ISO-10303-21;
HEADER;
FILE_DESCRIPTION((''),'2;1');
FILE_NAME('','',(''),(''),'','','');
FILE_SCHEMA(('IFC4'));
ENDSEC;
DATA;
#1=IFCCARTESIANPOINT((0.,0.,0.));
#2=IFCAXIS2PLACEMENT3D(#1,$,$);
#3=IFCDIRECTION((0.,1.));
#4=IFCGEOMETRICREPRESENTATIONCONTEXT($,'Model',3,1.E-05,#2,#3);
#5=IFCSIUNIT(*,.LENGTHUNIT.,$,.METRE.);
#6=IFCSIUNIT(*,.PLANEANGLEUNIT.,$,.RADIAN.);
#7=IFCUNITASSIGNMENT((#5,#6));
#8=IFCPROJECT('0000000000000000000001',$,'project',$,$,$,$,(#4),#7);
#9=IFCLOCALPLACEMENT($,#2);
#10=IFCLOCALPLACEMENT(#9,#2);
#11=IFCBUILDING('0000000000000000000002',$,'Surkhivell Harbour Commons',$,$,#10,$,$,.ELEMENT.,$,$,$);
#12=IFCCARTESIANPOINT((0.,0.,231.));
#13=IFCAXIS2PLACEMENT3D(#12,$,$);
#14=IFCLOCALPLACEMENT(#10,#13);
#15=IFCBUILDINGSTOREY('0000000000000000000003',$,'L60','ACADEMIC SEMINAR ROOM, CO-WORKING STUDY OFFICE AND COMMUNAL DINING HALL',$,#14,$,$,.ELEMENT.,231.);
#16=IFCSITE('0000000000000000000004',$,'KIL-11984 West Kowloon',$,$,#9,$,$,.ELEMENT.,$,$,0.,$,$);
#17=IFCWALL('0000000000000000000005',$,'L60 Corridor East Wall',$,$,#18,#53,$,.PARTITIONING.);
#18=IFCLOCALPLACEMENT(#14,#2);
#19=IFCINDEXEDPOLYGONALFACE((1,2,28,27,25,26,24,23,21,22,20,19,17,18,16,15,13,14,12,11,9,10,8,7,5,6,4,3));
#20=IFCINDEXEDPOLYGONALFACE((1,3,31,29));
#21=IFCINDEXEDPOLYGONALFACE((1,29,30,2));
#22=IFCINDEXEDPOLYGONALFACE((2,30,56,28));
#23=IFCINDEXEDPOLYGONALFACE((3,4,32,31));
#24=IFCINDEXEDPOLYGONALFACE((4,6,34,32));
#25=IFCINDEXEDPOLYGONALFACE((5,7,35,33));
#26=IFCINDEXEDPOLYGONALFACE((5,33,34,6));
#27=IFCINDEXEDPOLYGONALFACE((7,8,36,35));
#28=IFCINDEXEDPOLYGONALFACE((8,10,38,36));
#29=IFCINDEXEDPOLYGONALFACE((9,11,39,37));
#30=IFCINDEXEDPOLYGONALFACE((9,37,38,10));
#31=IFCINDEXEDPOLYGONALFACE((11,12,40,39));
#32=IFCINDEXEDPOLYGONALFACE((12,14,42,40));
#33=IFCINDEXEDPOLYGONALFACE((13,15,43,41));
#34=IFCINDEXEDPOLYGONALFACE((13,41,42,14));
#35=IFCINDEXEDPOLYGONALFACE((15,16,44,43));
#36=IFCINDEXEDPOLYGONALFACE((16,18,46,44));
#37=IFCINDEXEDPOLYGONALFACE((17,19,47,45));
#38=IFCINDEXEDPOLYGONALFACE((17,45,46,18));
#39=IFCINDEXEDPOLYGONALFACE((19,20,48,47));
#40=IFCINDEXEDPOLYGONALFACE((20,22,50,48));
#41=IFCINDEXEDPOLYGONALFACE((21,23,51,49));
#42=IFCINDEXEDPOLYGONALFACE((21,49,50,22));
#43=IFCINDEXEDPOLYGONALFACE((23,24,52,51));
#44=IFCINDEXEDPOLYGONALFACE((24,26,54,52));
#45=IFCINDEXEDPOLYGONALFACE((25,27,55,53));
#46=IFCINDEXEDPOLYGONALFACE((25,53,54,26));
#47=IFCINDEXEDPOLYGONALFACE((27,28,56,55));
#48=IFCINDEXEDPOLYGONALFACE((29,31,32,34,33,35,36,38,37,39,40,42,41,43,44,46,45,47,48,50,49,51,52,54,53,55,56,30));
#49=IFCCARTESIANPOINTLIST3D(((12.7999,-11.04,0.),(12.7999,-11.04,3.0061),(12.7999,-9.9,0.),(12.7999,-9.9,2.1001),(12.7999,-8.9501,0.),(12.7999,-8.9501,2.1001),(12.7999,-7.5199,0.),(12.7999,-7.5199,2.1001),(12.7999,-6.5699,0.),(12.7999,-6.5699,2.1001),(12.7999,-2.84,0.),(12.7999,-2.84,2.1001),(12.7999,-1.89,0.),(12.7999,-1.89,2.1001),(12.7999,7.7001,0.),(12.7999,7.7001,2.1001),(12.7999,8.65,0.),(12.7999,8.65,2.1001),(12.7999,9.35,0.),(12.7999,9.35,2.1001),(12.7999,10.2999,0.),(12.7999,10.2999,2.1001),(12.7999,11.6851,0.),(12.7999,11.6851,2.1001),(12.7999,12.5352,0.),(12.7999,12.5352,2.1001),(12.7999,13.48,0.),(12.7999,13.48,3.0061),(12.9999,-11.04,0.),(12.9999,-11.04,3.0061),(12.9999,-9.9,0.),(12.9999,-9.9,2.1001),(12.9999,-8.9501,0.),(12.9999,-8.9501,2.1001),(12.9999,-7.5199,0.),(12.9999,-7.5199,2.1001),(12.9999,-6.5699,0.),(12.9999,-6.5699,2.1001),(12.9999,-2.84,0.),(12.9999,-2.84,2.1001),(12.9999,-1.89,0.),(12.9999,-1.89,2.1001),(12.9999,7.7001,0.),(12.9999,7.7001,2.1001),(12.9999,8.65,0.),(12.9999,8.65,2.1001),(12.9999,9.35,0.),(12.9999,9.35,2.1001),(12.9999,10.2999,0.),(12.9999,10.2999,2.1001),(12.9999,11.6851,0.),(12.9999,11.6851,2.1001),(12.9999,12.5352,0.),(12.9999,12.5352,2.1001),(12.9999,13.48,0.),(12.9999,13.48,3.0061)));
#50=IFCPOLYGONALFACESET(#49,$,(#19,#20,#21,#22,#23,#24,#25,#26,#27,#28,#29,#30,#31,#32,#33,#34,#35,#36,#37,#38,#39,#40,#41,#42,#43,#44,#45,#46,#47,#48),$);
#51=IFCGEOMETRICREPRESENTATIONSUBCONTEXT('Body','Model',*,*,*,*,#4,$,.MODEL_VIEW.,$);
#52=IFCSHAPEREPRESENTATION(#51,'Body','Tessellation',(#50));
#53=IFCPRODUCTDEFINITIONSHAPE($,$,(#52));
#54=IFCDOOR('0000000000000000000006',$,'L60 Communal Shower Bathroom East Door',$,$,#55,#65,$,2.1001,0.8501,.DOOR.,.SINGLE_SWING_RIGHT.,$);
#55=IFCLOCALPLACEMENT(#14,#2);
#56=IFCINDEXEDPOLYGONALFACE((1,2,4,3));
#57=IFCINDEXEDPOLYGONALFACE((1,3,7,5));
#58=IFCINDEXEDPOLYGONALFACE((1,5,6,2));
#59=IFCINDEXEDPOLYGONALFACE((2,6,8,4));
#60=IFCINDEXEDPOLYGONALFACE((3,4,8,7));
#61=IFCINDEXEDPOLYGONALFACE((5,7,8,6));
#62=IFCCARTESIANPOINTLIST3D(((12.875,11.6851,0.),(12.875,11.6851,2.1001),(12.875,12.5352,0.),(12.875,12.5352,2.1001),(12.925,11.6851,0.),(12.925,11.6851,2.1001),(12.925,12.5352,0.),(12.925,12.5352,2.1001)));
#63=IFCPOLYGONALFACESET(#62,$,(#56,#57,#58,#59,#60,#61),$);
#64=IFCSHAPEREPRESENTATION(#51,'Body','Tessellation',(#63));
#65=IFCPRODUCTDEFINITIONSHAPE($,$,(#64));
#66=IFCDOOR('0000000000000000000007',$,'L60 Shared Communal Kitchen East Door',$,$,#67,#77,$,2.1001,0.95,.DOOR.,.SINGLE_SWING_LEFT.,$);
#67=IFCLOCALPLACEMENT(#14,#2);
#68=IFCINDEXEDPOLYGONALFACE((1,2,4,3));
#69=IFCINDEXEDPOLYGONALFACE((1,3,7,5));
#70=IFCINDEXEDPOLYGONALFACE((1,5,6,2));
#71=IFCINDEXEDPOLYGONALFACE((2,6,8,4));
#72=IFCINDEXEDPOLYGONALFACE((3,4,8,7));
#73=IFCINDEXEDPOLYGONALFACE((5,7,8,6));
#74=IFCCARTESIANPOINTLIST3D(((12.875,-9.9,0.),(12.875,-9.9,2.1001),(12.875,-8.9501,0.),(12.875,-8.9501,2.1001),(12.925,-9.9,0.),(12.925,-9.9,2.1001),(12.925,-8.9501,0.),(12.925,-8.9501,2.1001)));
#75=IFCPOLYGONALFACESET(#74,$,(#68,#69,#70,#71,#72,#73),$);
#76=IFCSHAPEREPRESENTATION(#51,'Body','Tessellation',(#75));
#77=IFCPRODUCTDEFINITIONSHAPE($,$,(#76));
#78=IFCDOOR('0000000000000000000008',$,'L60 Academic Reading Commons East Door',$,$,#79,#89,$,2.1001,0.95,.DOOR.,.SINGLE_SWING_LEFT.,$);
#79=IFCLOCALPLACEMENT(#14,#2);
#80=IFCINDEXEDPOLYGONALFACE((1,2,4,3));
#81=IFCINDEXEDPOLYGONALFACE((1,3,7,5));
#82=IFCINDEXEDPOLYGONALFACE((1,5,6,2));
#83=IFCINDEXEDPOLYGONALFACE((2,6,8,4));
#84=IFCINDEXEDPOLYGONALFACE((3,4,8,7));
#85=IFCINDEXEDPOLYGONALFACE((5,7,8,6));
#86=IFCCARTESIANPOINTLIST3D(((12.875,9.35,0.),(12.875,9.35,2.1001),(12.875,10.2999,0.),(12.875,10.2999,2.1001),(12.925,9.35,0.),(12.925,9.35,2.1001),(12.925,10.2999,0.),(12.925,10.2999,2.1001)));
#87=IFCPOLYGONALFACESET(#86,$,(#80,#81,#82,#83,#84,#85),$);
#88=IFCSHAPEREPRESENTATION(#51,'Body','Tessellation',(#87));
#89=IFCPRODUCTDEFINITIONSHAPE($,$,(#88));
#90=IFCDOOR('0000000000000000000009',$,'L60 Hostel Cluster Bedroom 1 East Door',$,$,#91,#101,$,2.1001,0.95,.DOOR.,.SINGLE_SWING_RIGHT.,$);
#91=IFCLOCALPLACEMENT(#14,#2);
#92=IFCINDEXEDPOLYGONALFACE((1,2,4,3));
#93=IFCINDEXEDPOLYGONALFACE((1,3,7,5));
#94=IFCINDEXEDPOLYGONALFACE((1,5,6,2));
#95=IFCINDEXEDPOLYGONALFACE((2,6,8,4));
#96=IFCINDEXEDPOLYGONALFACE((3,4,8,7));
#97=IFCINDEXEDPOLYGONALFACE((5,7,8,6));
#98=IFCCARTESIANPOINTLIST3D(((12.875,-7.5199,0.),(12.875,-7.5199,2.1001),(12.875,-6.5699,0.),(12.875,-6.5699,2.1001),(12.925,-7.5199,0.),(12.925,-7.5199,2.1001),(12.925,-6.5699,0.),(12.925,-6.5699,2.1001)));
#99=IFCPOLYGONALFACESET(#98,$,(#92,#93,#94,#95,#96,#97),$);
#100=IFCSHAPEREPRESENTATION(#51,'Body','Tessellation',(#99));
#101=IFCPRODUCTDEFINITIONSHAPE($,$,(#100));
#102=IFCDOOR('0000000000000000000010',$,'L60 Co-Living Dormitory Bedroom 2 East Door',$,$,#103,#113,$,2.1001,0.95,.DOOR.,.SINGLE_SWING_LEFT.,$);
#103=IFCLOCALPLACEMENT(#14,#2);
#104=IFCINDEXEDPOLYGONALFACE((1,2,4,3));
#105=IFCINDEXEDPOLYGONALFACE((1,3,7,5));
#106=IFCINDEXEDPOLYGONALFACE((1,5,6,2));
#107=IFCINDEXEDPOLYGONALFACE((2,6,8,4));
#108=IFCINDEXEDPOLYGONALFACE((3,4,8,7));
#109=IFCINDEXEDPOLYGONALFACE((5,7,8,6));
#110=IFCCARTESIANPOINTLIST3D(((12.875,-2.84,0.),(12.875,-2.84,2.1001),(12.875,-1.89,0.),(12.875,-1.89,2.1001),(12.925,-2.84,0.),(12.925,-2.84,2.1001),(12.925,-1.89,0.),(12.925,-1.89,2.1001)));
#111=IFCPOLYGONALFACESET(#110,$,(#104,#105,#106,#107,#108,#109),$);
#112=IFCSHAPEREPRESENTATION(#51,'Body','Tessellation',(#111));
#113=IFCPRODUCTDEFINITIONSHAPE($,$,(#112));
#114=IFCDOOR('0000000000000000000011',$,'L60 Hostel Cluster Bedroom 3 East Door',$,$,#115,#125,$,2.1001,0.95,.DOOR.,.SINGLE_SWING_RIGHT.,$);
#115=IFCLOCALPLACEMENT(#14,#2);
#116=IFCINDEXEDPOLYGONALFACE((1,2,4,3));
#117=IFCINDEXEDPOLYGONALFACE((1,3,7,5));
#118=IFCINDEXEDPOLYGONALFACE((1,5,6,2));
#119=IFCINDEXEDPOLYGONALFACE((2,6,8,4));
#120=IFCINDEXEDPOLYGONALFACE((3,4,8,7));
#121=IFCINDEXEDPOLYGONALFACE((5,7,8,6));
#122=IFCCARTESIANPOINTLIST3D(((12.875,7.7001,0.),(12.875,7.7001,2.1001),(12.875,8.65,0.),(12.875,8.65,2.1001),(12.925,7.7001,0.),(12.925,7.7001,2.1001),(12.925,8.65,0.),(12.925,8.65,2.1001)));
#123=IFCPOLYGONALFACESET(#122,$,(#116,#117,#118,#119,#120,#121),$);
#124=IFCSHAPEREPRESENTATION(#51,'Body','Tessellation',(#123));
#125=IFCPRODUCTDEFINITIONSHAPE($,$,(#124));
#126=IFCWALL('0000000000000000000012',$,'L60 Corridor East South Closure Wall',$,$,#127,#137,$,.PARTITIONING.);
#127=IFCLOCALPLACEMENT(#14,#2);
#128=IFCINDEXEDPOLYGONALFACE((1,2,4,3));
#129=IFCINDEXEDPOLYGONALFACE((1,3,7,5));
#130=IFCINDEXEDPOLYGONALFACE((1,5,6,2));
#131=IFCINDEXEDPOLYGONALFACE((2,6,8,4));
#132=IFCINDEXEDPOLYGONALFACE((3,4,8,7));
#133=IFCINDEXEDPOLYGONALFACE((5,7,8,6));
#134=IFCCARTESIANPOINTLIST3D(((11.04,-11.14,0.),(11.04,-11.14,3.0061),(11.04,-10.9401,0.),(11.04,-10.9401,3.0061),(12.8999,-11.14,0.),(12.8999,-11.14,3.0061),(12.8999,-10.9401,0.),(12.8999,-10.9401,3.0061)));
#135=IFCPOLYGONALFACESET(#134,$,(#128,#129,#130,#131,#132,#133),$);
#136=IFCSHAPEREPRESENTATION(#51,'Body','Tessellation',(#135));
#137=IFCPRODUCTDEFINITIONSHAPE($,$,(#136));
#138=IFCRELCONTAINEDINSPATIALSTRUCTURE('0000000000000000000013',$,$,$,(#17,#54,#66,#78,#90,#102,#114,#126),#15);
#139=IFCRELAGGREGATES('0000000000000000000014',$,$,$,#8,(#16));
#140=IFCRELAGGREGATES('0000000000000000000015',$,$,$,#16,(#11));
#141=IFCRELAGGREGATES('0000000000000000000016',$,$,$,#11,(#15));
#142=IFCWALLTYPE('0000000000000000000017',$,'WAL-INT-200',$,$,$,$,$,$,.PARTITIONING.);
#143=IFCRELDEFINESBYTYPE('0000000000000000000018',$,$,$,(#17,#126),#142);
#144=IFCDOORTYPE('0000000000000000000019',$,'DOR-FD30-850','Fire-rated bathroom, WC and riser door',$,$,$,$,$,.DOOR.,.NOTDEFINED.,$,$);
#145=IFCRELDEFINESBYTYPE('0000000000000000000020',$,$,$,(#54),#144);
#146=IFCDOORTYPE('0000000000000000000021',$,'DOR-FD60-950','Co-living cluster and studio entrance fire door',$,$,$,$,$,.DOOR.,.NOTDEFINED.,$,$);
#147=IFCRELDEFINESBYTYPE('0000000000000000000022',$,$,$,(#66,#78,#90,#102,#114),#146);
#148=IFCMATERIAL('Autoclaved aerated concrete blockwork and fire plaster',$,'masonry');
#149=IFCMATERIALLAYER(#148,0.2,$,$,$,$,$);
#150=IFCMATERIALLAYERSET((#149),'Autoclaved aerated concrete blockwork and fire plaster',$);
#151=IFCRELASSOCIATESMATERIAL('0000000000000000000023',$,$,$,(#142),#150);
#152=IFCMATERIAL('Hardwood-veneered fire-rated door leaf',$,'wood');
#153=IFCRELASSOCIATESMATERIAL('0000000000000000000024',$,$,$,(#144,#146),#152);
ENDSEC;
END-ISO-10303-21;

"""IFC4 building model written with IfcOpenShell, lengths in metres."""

from ifc_helpers import new_model, si_unit, direction, frame, frame_2d, origin, place, context, subcontext, project, spatial, rectangle, extrude, material, layer, layer_set, type_object, element, fill, save


model = new_model("IFC4")

# Units and contexts
model_context = context("Model", 3, precision=1e-05, world=origin(), true_north=direction((0.0, 1.0)))
body_context = subcontext(model_context, "Body", "Model", "MODEL_VIEW")
ifc_project = project(units=[si_unit("LENGTHUNIT", "METRE"), si_unit("PLANEANGLEUNIT", "RADIAN")], contexts=[model_context])

# Site, building, storey
site_placement = place(None, origin())
site = spatial("IfcSite", under=ifc_project, at=site_placement, Name="KIL-11984 West Kowloon", CompositionType="ELEMENT", RefElevation=0.0)
building_placement = place(site_placement, origin())
building = spatial("IfcBuilding", under=site, at=building_placement, Name="Surkhivell Harbour Commons", CompositionType="ELEMENT")
storey_placement = place(building_placement, frame((0.0, 0.0, 231.0)))
storey = spatial("IfcBuildingStorey", under=building, at=storey_placement, Name="L60", Description="ACADEMIC SEMINAR ROOM, CO-WORKING STUDY OFFICE AND COMMUNAL DINING HALL", CompositionType="ELEMENT", Elevation=231.0)

# Wall, openings, doors
ifc_material_1 = material(Name="Autoclaved aerated concrete blockwork and fire plaster", Category="masonry")
ifc_layer_1 = layer(ifc_material_1, 0.2)
ifc_layer_set_1 = layer_set([ifc_layer_1], Name="Autoclaved aerated concrete blockwork and fire plaster")
wall_type_1 = type_object("IfcWallType", Name="WAL-INT-200", PredefinedType="PARTITIONING", material=ifc_layer_set_1)
wall_1_placement = place(storey_placement, frame((12.8999, -11.04, 0.0), z_axis=(0.0, 0.0, 1.0), x_axis=(0.0, 1.0, 0.0)))
wall_1 = element("IfcWall", 1, at=wall_1_placement, inside=storey, type_object=wall_type_1, Name="L60 Corridor East Wall", PredefinedType="PARTITIONING", context=body_context, shape_type="SweptSolid", body=[
    extrude(rectangle(XDim=24.52, YDim=0.2, at=frame_2d((12.26, 0.0))), origin(), (0.0, 0.0, 1.0), 3.0061),
])
opening_1_placement = place(wall_1_placement, frame((1.1399, 0.0, 0.0)))
opening_1 = element("IfcOpeningElement", 2, at=opening_1_placement, cuts=wall_1, PredefinedType="OPENING", context=body_context, shape_type="SweptSolid", body=[
    extrude(rectangle(XDim=0.95, YDim=2.1001, at=frame_2d((0.4751, 1.05))), frame((0.0, 0.1099, 0.0), z_axis=(0.0, -1.0, 0.0), x_axis=(1.0, 0.0, 0.0)), (0.0, 0.0, 1.0), 0.22),
])
opening_2_placement = place(wall_1_placement, frame((22.7251, 0.0, 0.0)))
opening_2 = element("IfcOpeningElement", 3, at=opening_2_placement, cuts=wall_1, PredefinedType="OPENING", context=body_context, shape_type="SweptSolid", body=[
    extrude(rectangle(XDim=0.8501, YDim=2.1001, at=frame_2d((0.425, 1.05))), frame((0.0, 0.1099, 0.0), z_axis=(0.0, -1.0, 0.0), x_axis=(1.0, 0.0, 0.0)), (0.0, 0.0, 1.0), 0.22),
])
opening_3_placement = place(wall_1_placement, frame((20.3899, 0.0, 0.0)))
opening_3 = element("IfcOpeningElement", 4, at=opening_3_placement, cuts=wall_1, PredefinedType="OPENING", context=body_context, shape_type="SweptSolid", body=[
    extrude(rectangle(XDim=0.95, YDim=2.1001, at=frame_2d((0.4751, 1.05))), frame((0.0, 0.1099, 0.0), z_axis=(0.0, -1.0, 0.0), x_axis=(1.0, 0.0, 0.0)), (0.0, 0.0, 1.0), 0.22),
])
opening_4_placement = place(wall_1_placement, frame((3.52, 0.0, 0.0)))
opening_4 = element("IfcOpeningElement", 5, at=opening_4_placement, cuts=wall_1, PredefinedType="OPENING", context=body_context, shape_type="SweptSolid", body=[
    extrude(rectangle(XDim=0.95, YDim=2.1001, at=frame_2d((0.4751, 1.05))), frame((0.0, 0.1099, 0.0), z_axis=(0.0, -1.0, 0.0), x_axis=(1.0, 0.0, 0.0)), (0.0, 0.0, 1.0), 0.22),
])
opening_5_placement = place(wall_1_placement, frame((8.2, 0.0, 0.0)))
opening_5 = element("IfcOpeningElement", 6, at=opening_5_placement, cuts=wall_1, PredefinedType="OPENING", context=body_context, shape_type="SweptSolid", body=[
    extrude(rectangle(XDim=0.95, YDim=2.1001, at=frame_2d((0.4751, 1.05))), frame((0.0, 0.1099, 0.0), z_axis=(0.0, -1.0, 0.0), x_axis=(1.0, 0.0, 0.0)), (0.0, 0.0, 1.0), 0.22),
])
opening_6_placement = place(wall_1_placement, frame((18.74, 0.0, 0.0)))
opening_6 = element("IfcOpeningElement", 7, at=opening_6_placement, cuts=wall_1, PredefinedType="OPENING", context=body_context, shape_type="SweptSolid", body=[
    extrude(rectangle(XDim=0.95, YDim=2.1001, at=frame_2d((0.4751, 1.05))), frame((0.0, 0.1099, 0.0), z_axis=(0.0, -1.0, 0.0), x_axis=(1.0, 0.0, 0.0)), (0.0, 0.0, 1.0), 0.22),
])
ifc_material_2 = material(Name="Hardwood-veneered fire-rated door leaf", Category="wood")
door_type_1 = type_object("IfcDoorType", Name="DOR-FD30-850", Description="Fire-rated bathroom, WC and riser door", OperationType="NOTDEFINED", PredefinedType="DOOR", material=ifc_material_2)
door_1_placement = place(opening_2_placement, origin())
door_1 = element("IfcDoor", 8, at=door_1_placement, inside=storey, type_object=door_type_1, Name="L60 Communal Shower Bathroom East Door", OperationType="SINGLE_SWING_RIGHT", OverallHeight=2.1001, OverallWidth=0.8501, PredefinedType="DOOR", context=body_context, shape_type="SweptSolid", body=[
    extrude(rectangle(XDim=0.8501, YDim=2.1001, at=frame_2d((0.425, 1.05))), frame((0.0, 0.0249, 0.0), z_axis=(0.0, -1.0, 0.0), x_axis=(1.0, 0.0, 0.0)), (0.0, 0.0, 1.0), 0.05),
])
fill(opening_2, door_1)
door_type_2 = type_object("IfcDoorType", Name="DOR-FD60-950", Description="Co-living cluster and studio entrance fire door", OperationType="NOTDEFINED", PredefinedType="DOOR", material=ifc_material_2)
door_2_placement = place(opening_1_placement, origin())
door_2 = element("IfcDoor", 9, at=door_2_placement, inside=storey, type_object=door_type_2, Name="L60 Shared Communal Kitchen East Door", OperationType="SINGLE_SWING_LEFT", OverallHeight=2.1001, OverallWidth=0.95, PredefinedType="DOOR", context=body_context, shape_type="SweptSolid", body=[
    extrude(rectangle(XDim=0.95, YDim=2.1001, at=frame_2d((0.4751, 1.05))), frame((0.0, 0.0249, 0.0), z_axis=(0.0, -1.0, 0.0), x_axis=(1.0, 0.0, 0.0)), (0.0, 0.0, 1.0), 0.05),
])
fill(opening_1, door_2)
door_3_placement = place(opening_3_placement, origin())
door_3 = element("IfcDoor", 10, at=door_3_placement, inside=storey, type_object=door_type_2, Name="L60 Academic Reading Commons East Door", OperationType="SINGLE_SWING_LEFT", OverallHeight=2.1001, OverallWidth=0.95, PredefinedType="DOOR", context=body_context, shape_type="SweptSolid", body=[
    extrude(rectangle(XDim=0.95, YDim=2.1001, at=frame_2d((0.4751, 1.05))), frame((0.0, 0.0249, 0.0), z_axis=(0.0, -1.0, 0.0), x_axis=(1.0, 0.0, 0.0)), (0.0, 0.0, 1.0), 0.05),
])
fill(opening_3, door_3)
door_4_placement = place(opening_4_placement, origin())
door_4 = element("IfcDoor", 11, at=door_4_placement, inside=storey, type_object=door_type_2, Name="L60 Hostel Cluster Bedroom 1 East Door", OperationType="SINGLE_SWING_RIGHT", OverallHeight=2.1001, OverallWidth=0.95, PredefinedType="DOOR", context=body_context, shape_type="SweptSolid", body=[
    extrude(rectangle(XDim=0.95, YDim=2.1001, at=frame_2d((0.4751, 1.05))), frame((0.0, 0.0249, 0.0), z_axis=(0.0, -1.0, 0.0), x_axis=(1.0, 0.0, 0.0)), (0.0, 0.0, 1.0), 0.05),
])
fill(opening_4, door_4)
door_5_placement = place(opening_5_placement, origin())
door_5 = element("IfcDoor", 12, at=door_5_placement, inside=storey, type_object=door_type_2, Name="L60 Co-Living Dormitory Bedroom 2 East Door", OperationType="SINGLE_SWING_LEFT", OverallHeight=2.1001, OverallWidth=0.95, PredefinedType="DOOR", context=body_context, shape_type="SweptSolid", body=[
    extrude(rectangle(XDim=0.95, YDim=2.1001, at=frame_2d((0.4751, 1.05))), frame((0.0, 0.0249, 0.0), z_axis=(0.0, -1.0, 0.0), x_axis=(1.0, 0.0, 0.0)), (0.0, 0.0, 1.0), 0.05),
])
fill(opening_5, door_5)
door_6_placement = place(opening_6_placement, origin())
door_6 = element("IfcDoor", 13, at=door_6_placement, inside=storey, type_object=door_type_2, Name="L60 Hostel Cluster Bedroom 3 East Door", OperationType="SINGLE_SWING_RIGHT", OverallHeight=2.1001, OverallWidth=0.95, PredefinedType="DOOR", context=body_context, shape_type="SweptSolid", body=[
    extrude(rectangle(XDim=0.95, YDim=2.1001, at=frame_2d((0.4751, 1.05))), frame((0.0, 0.0249, 0.0), z_axis=(0.0, -1.0, 0.0), x_axis=(1.0, 0.0, 0.0)), (0.0, 0.0, 1.0), 0.05),
])
fill(opening_6, door_6)

# Wall
wall_2_placement = place(storey_placement, frame((11.04, -11.04, 0.0), z_axis=(0.0, 0.0, 1.0), x_axis=(1.0, 0.0, 0.0)))
element("IfcWall", 14, at=wall_2_placement, inside=storey, type_object=wall_type_1, Name="L60 Corridor East South Closure Wall", PredefinedType="PARTITIONING", context=body_context, shape_type="SweptSolid", body=[
    extrude(rectangle(XDim=1.8599, YDim=0.2, at=frame_2d((0.9299, 0.0))), origin(), (0.0, 0.0, 1.0), 3.0061),
])

save(model, "model.ifc")
